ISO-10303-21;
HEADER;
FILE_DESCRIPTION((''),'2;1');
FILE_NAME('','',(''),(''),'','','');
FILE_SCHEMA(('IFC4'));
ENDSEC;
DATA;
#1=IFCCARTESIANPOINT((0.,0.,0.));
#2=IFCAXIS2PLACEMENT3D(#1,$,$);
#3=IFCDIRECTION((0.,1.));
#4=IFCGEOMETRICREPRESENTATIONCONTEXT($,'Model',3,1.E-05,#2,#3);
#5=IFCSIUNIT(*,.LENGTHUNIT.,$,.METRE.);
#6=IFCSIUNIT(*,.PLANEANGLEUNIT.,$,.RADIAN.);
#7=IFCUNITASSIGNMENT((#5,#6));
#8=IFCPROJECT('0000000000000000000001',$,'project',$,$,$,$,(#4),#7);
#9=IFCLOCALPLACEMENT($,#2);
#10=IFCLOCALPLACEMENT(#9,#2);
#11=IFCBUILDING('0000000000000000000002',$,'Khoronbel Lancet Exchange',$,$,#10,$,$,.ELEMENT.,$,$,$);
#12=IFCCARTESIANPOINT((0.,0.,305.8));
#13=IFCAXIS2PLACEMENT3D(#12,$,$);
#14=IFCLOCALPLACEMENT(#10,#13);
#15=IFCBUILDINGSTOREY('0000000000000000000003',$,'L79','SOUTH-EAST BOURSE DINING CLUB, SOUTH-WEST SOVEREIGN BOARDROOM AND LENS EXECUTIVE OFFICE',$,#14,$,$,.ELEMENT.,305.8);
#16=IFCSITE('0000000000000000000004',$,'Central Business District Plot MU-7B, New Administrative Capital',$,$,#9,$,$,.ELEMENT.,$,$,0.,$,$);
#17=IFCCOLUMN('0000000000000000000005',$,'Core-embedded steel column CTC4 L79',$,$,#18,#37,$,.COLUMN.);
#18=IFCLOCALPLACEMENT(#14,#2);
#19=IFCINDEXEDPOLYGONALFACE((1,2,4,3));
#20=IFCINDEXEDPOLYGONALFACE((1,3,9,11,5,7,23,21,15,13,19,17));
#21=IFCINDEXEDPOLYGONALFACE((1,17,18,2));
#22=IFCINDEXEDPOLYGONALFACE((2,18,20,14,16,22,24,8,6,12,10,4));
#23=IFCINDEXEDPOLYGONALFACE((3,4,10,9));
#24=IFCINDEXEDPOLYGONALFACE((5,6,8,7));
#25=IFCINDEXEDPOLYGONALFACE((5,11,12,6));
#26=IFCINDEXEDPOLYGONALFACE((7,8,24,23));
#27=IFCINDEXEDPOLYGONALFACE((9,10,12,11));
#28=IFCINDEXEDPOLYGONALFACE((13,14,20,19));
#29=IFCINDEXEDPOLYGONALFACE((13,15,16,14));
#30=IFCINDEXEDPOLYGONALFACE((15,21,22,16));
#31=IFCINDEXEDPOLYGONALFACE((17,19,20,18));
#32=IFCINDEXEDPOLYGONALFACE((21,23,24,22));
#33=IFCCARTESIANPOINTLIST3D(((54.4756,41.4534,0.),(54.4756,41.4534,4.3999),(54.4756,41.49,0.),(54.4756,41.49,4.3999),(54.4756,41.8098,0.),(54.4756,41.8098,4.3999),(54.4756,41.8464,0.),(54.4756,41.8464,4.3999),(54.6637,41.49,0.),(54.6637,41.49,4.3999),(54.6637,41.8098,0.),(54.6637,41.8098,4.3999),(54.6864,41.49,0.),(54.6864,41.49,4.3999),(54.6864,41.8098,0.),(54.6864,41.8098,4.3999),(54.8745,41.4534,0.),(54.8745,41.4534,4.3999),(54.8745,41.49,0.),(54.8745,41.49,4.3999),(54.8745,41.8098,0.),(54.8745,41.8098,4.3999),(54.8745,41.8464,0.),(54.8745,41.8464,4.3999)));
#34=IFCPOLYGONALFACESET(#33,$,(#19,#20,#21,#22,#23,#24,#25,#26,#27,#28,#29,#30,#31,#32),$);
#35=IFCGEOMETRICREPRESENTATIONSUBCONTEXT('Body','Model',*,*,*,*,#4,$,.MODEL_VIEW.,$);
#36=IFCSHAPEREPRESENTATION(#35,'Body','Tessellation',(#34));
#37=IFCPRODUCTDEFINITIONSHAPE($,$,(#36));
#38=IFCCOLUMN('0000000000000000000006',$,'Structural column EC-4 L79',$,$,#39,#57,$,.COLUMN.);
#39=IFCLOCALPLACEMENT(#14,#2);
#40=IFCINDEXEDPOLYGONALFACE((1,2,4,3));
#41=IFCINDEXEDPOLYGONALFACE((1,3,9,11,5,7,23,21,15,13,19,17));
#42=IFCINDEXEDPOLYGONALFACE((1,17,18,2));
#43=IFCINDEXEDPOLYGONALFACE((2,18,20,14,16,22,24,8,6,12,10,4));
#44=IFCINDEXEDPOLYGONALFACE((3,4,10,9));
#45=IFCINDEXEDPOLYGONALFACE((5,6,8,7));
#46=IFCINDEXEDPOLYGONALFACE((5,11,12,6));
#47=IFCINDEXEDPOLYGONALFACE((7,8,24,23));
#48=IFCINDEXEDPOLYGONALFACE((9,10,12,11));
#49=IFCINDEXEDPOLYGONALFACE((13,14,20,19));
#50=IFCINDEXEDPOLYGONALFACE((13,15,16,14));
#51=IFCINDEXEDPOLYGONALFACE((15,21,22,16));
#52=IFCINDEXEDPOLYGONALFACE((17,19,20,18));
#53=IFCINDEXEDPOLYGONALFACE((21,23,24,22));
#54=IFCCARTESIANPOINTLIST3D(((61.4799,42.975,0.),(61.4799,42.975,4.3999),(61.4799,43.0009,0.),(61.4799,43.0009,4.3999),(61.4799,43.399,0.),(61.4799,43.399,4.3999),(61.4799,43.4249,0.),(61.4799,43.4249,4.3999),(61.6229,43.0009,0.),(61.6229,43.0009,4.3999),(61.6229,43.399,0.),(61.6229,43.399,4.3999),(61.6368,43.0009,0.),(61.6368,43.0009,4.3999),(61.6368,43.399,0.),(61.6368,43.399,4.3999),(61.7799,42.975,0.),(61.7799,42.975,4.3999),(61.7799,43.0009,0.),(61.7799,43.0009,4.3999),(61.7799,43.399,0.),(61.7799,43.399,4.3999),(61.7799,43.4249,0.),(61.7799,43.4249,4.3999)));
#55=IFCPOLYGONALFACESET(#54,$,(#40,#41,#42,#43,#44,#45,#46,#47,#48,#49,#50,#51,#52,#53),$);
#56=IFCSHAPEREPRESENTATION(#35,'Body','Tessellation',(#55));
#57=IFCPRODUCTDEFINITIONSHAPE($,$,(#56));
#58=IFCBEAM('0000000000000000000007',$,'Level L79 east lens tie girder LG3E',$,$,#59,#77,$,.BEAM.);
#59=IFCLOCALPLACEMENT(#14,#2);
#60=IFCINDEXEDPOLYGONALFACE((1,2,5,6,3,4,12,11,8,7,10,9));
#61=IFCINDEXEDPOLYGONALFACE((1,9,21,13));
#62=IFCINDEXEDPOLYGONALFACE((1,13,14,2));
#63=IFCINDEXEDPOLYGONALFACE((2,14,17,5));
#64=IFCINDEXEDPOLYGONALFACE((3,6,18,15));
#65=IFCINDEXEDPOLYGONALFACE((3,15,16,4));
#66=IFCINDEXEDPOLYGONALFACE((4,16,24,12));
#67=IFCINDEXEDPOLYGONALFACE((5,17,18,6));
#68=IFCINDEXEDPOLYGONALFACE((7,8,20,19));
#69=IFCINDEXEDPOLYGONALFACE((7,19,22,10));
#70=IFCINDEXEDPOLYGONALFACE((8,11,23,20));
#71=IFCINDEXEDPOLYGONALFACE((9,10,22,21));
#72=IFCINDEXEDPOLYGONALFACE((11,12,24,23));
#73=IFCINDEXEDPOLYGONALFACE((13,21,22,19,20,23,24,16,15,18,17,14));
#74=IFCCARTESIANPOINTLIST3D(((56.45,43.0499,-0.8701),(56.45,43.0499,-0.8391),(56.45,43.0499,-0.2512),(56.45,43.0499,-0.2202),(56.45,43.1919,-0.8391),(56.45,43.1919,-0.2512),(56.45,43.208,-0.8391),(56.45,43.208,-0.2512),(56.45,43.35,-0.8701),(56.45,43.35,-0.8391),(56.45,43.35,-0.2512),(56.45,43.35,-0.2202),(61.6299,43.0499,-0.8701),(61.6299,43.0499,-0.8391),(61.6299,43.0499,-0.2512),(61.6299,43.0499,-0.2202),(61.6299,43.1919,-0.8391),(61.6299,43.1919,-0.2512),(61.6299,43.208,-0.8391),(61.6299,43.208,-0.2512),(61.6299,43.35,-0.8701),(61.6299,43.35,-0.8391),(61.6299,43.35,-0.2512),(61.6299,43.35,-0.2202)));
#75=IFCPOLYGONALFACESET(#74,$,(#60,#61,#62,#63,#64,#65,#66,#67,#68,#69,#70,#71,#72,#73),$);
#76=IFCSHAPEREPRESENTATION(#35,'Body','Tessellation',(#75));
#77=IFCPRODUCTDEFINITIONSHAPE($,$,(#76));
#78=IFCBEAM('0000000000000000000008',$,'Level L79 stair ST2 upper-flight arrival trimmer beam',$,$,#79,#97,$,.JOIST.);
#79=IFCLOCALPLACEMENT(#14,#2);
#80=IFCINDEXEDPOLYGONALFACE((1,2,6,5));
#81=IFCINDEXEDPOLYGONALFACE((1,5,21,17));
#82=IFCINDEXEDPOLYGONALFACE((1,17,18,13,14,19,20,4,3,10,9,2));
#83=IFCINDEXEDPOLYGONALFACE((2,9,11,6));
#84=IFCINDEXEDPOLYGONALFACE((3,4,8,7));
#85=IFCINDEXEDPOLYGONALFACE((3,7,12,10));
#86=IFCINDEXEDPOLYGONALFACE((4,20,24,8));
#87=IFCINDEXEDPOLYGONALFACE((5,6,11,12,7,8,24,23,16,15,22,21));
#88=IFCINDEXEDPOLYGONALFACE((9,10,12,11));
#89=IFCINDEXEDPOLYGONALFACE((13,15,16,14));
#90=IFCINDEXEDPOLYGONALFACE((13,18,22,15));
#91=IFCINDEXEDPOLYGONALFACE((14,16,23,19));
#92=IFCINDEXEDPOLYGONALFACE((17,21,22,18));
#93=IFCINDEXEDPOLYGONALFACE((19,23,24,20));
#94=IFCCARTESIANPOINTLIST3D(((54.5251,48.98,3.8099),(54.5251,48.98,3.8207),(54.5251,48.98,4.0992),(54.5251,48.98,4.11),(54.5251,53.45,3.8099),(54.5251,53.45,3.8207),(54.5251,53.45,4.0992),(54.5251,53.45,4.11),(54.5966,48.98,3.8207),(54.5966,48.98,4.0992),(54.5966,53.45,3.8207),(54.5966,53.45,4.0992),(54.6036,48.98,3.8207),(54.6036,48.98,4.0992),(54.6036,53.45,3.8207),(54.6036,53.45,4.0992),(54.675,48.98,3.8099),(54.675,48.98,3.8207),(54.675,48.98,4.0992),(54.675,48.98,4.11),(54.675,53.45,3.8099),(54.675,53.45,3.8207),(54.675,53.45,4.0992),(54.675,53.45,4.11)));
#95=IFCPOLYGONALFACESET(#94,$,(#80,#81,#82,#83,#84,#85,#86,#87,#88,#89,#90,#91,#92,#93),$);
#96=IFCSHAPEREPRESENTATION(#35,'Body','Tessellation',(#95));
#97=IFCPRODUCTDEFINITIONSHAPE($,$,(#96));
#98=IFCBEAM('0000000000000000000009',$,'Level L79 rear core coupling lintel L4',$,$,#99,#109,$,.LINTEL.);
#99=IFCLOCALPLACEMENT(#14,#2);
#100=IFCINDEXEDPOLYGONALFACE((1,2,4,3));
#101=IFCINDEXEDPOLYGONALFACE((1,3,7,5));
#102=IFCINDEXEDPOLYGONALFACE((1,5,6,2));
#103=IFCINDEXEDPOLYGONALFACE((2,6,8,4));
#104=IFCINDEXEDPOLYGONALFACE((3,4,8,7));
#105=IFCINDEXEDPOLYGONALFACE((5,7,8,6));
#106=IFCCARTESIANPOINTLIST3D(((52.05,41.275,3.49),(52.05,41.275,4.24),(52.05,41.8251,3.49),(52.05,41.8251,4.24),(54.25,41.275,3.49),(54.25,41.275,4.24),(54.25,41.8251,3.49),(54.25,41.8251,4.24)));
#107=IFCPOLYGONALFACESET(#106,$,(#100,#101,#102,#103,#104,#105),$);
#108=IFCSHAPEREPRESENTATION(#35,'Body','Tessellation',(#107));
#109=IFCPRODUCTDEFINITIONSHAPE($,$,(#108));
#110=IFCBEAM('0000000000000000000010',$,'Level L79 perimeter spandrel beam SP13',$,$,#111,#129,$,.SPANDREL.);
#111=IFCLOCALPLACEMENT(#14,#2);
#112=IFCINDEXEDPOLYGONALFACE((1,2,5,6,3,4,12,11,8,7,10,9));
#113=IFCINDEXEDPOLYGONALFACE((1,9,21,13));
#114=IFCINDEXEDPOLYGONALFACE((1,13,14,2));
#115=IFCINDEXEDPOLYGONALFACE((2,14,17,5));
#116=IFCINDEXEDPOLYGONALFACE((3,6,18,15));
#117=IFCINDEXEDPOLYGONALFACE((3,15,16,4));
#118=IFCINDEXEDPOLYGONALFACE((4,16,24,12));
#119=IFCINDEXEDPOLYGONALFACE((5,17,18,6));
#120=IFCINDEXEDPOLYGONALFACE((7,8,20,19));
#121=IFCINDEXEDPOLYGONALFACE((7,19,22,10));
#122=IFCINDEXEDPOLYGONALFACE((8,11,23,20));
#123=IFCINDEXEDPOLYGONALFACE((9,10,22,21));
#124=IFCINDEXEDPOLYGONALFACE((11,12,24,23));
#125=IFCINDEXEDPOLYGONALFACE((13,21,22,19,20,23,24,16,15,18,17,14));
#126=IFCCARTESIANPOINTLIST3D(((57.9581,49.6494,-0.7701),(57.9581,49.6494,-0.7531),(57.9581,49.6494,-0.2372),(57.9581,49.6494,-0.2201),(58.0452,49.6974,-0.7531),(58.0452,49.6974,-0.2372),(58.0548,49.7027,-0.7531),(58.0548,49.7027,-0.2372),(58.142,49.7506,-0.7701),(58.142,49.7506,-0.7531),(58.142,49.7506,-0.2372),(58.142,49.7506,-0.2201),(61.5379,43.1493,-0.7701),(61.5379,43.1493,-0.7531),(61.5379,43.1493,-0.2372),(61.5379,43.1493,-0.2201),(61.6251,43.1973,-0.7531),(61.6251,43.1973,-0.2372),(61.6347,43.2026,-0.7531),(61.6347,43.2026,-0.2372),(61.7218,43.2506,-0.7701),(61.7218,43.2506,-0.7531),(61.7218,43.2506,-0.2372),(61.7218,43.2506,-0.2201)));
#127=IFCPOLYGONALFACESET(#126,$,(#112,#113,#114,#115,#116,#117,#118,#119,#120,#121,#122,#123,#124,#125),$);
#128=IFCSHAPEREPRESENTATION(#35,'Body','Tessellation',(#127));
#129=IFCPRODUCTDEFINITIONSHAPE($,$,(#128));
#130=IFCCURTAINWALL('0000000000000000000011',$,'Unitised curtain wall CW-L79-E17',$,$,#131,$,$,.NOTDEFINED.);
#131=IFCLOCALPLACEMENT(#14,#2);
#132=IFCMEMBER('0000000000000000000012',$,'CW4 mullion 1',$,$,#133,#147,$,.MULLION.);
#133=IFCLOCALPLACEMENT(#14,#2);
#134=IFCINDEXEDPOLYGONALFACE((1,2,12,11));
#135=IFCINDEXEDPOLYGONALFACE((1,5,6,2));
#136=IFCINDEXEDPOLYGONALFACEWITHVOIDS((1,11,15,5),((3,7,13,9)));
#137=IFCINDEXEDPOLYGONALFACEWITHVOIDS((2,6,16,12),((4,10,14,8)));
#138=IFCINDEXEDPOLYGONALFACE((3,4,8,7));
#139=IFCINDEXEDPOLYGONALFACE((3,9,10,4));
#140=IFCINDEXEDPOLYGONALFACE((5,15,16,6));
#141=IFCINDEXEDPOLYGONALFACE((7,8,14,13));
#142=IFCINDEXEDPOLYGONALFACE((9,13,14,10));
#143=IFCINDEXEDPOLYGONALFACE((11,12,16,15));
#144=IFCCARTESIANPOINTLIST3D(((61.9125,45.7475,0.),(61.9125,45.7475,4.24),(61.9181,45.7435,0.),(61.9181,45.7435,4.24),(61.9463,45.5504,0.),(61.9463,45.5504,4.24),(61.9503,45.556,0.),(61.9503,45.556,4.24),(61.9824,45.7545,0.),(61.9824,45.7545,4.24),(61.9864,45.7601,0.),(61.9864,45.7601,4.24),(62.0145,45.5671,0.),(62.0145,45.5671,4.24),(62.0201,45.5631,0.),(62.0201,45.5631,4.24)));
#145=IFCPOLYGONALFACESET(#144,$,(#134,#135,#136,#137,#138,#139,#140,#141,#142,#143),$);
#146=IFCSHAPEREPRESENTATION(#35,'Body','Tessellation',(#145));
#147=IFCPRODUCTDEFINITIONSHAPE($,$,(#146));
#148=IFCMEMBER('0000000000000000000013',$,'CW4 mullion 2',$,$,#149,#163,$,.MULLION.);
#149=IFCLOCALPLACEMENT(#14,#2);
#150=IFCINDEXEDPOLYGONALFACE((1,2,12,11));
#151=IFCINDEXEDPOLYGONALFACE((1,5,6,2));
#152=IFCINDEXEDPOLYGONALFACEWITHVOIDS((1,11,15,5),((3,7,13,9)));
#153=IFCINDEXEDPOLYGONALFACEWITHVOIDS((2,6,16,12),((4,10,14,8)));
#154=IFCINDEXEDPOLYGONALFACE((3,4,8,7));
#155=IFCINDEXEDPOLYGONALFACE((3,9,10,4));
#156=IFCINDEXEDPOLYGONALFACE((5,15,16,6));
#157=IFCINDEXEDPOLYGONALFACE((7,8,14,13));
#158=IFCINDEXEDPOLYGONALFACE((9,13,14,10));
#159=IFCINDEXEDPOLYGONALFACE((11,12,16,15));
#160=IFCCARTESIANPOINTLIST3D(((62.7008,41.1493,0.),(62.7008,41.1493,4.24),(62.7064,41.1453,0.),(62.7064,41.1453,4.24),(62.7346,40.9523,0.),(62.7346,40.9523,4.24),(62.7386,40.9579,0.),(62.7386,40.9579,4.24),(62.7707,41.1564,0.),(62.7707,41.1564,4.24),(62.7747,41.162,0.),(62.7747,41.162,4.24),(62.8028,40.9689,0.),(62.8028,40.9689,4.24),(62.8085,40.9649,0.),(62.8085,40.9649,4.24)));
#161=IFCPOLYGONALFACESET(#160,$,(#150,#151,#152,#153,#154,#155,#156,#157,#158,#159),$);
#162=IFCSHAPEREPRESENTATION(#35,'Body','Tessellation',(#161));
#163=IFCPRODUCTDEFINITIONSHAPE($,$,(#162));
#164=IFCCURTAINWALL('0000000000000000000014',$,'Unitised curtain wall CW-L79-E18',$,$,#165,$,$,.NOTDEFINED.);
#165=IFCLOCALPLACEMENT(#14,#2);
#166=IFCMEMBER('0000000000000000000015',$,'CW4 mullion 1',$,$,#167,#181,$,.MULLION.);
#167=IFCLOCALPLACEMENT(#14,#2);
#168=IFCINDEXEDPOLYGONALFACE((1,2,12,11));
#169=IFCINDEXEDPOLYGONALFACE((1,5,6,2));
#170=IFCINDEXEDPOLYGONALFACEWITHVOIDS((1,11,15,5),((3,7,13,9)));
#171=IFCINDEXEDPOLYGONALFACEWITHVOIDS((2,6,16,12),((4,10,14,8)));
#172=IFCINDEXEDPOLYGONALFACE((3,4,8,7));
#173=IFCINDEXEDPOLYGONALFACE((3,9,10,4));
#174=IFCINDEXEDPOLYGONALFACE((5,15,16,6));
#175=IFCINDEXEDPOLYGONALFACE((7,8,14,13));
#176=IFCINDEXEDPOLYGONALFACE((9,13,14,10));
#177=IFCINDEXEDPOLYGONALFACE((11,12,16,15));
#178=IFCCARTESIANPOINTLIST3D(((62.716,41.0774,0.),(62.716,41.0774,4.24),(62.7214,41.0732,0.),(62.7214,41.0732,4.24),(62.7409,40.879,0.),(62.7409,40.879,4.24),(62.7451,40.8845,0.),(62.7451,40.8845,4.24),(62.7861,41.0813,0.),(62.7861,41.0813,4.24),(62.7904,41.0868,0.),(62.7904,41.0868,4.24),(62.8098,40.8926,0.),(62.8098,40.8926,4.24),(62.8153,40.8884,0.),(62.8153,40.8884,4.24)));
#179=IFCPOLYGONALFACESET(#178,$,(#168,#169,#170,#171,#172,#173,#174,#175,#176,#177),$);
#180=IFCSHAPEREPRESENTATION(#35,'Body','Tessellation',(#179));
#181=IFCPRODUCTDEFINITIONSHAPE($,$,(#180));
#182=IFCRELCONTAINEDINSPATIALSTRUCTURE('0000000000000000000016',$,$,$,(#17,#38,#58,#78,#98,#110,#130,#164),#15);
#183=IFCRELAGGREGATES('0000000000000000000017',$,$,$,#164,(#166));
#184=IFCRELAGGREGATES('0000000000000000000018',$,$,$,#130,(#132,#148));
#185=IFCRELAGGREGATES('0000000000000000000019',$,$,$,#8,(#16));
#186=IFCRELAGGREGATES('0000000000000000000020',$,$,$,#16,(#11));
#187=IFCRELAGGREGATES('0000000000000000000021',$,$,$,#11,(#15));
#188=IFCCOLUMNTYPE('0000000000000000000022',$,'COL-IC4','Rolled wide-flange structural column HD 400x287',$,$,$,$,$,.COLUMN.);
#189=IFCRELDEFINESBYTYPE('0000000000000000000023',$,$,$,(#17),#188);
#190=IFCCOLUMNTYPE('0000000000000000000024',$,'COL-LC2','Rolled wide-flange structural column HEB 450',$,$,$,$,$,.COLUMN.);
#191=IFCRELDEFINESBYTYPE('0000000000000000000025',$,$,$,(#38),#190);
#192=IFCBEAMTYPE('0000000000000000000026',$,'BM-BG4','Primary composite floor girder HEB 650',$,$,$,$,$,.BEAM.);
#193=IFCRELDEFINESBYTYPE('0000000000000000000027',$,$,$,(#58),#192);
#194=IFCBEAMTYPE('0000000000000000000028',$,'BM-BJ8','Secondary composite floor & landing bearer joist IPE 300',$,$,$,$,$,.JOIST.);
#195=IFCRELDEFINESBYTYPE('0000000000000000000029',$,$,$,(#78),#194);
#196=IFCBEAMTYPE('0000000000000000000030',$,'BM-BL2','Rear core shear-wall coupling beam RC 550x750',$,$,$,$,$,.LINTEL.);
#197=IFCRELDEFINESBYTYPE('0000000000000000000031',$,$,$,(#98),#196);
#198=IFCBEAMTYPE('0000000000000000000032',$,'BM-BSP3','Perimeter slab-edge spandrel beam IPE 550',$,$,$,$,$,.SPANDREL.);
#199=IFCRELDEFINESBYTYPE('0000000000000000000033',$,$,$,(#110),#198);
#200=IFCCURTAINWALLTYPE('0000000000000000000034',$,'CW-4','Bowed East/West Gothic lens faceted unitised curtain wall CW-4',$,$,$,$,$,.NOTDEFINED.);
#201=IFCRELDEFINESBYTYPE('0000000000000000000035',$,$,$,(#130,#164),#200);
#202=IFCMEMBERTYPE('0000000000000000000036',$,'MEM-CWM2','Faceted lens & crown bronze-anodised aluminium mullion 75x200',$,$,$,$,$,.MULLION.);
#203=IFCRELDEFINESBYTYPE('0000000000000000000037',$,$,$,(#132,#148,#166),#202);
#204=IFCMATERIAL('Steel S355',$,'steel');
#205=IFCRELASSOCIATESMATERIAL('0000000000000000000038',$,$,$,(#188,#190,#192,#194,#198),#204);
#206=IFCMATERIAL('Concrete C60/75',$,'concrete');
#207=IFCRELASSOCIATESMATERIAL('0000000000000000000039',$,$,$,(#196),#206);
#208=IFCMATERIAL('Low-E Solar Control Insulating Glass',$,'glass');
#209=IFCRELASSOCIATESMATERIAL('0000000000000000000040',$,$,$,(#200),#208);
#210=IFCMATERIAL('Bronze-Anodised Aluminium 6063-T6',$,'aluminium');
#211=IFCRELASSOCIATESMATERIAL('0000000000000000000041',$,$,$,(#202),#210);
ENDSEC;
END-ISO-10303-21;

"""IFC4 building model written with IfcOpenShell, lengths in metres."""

from ifc_helpers import new_model, si_unit, direction, frame, origin, origin_2d, place, context, subcontext, project, spatial, rectangle, hollow_rectangle, i_section, extrude, material, material_profile, profile_set, type_object, element, aggregate, save


model = new_model("IFC4")

# Units and contexts
model_context = context("Model", 3, precision=1e-05, world=origin(), true_north=direction((0.0, 1.0)))
body_context = subcontext(model_context, "Body", "Model", "MODEL_VIEW")
ifc_project = project(units=[si_unit("LENGTHUNIT", "METRE"), si_unit("PLANEANGLEUNIT", "RADIAN")], contexts=[model_context])

# Site, building, storey
site_placement = place(None, origin())
site = spatial("IfcSite", under=ifc_project, at=site_placement, Name="Central Business District Plot MU-7B, New Administrative Capital", CompositionType="ELEMENT", RefElevation=0.0)
building_placement = place(site_placement, origin())
building = spatial("IfcBuilding", under=site, at=building_placement, Name="Khoronbel Lancet Exchange", CompositionType="ELEMENT")
storey_placement = place(building_placement, frame((0.0, 0.0, 305.8)))
storey = spatial("IfcBuildingStorey", under=building, at=storey_placement, Name="L79", Description="SOUTH-EAST BOURSE DINING CLUB, SOUTH-WEST SOVEREIGN BOARDROOM AND LENS EXECUTIVE OFFICE", CompositionType="ELEMENT", Elevation=305.8)

# Columns
ifc_material_1 = material(Name="Steel S355", Category="steel")
ifc_material_profile_1 = material_profile(ifc_material_1, i_section(OverallWidth=0.3989, OverallDepth=0.3931, WebThickness=0.0227, FlangeThickness=0.0366, at=origin_2d()), Name="HD 400x287")
ifc_profile_set_1 = profile_set([ifc_material_profile_1], Name="Steel S355")
column_type_1 = type_object("IfcColumnType", Name="COL-IC4", Description="Rolled wide-flange structural column HD 400x287", PredefinedType="COLUMN", material=ifc_profile_set_1)
column_1_placement = place(storey_placement, frame((54.675, 41.6499, 0.0), z_axis=(0.0, 0.0, 1.0), x_axis=(1.0, 0.0, 0.0)))
element("IfcColumn", 1, at=column_1_placement, inside=storey, type_object=column_type_1, Name="Core-embedded steel column CTC4 L79", PredefinedType="COLUMN", context=body_context, shape_type="SweptSolid", body=[
    extrude(i_section(OverallWidth=0.3989, OverallDepth=0.3931, WebThickness=0.0227, FlangeThickness=0.0366, at=origin_2d()), origin(), (0.0, 0.0, 1.0), 4.3999),
])
ifc_material_profile_2 = material_profile(ifc_material_1, i_section(OverallWidth=0.3, OverallDepth=0.45, WebThickness=0.0139, FlangeThickness=0.0259, at=origin_2d()), Name="HEB 450")
ifc_profile_set_2 = profile_set([ifc_material_profile_2], Name="Steel S355")
column_type_2 = type_object("IfcColumnType", Name="COL-LC2", Description="Rolled wide-flange structural column HEB 450", PredefinedType="COLUMN", material=ifc_profile_set_2)
column_2_placement = place(storey_placement, frame((61.6299, 43.2, 0.0), z_axis=(0.0, 0.0, 1.0), x_axis=(1.0, 0.0, 0.0)))
element("IfcColumn", 2, at=column_2_placement, inside=storey, type_object=column_type_2, Name="Structural column EC-4 L79", PredefinedType="COLUMN", context=body_context, shape_type="SweptSolid", body=[
    extrude(i_section(OverallWidth=0.3, OverallDepth=0.45, WebThickness=0.0139, FlangeThickness=0.0259, at=origin_2d()), origin(), (0.0, 0.0, 1.0), 4.3999),
])

# Beams
ifc_material_profile_3 = material_profile(ifc_material_1, i_section(OverallWidth=0.3, OverallDepth=0.6499, WebThickness=0.0161, FlangeThickness=0.031, at=origin_2d()), Name="HEB 650")
ifc_profile_set_3 = profile_set([ifc_material_profile_3], Name="Steel S355")
beam_type_1 = type_object("IfcBeamType", Name="BM-BG4", Description="Primary composite floor girder HEB 650", PredefinedType="BEAM", material=ifc_profile_set_3)
beam_1_placement = place(storey_placement, frame((56.45, 43.2, -0.5452), z_axis=(1.0, 0.0, 0.0), x_axis=(0.0, 1.0, 0.0)))
element("IfcBeam", 3, at=beam_1_placement, inside=storey, type_object=beam_type_1, Name="Level L79 east lens tie girder LG3E", PredefinedType="BEAM", context=body_context, shape_type="SweptSolid", body=[
    extrude(i_section(OverallWidth=0.3, OverallDepth=0.6499, WebThickness=0.0161, FlangeThickness=0.031, at=origin_2d()), origin(), (0.0, 0.0, 1.0), 5.1799),
])
ifc_material_profile_4 = material_profile(ifc_material_1, i_section(OverallWidth=0.1499, OverallDepth=0.3, WebThickness=0.0071, FlangeThickness=0.0107, at=origin_2d()), Name="IPE 300")
ifc_profile_set_4 = profile_set([ifc_material_profile_4], Name="Steel S355")
beam_type_2 = type_object("IfcBeamType", Name="BM-BJ8", Description="Secondary composite floor & landing bearer joist IPE 300", PredefinedType="JOIST", material=ifc_profile_set_4)
beam_2_placement = place(storey_placement, frame((54.6001, 48.98, 3.96), z_axis=(0.0, 1.0, 0.0), x_axis=(-1.0, 0.0, 0.0)))
element("IfcBeam", 4, at=beam_2_placement, inside=storey, type_object=beam_type_2, Name="Level L79 stair ST2 upper-flight arrival trimmer beam", PredefinedType="JOIST", context=body_context, shape_type="SweptSolid", body=[
    extrude(i_section(OverallWidth=0.1499, OverallDepth=0.3, WebThickness=0.0071, FlangeThickness=0.0107, at=origin_2d()), origin(), (0.0, 0.0, 1.0), 4.47),
])
ifc_material_2 = material(Name="Concrete C60/75", Category="concrete")
ifc_material_profile_5 = material_profile(ifc_material_2, rectangle(XDim=0.55, YDim=0.75, at=origin_2d()), Name="RC 550x750")
ifc_profile_set_5 = profile_set([ifc_material_profile_5], Name="Concrete C60/75")
beam_type_3 = type_object("IfcBeamType", Name="BM-BL2", Description="Rear core shear-wall coupling beam RC 550x750", PredefinedType="LINTEL", material=ifc_profile_set_5)
beam_3_placement = place(storey_placement, frame((52.05, 41.55, 3.865), z_axis=(1.0, 0.0, 0.0), x_axis=(0.0, 1.0, 0.0)))
element("IfcBeam", 5, at=beam_3_placement, inside=storey, type_object=beam_type_3, Name="Level L79 rear core coupling lintel L4", PredefinedType="LINTEL", context=body_context, shape_type="SweptSolid", body=[
    extrude(rectangle(XDim=0.55, YDim=0.75, at=origin_2d()), origin(), (0.0, 0.0, 1.0), 2.2),
])
ifc_material_profile_6 = material_profile(ifc_material_1, i_section(OverallWidth=0.21, OverallDepth=0.55, WebThickness=0.011, FlangeThickness=0.0171, at=origin_2d()), Name="IPE 550")
ifc_profile_set_6 = profile_set([ifc_material_profile_6], Name="Steel S355")
beam_type_4 = type_object("IfcBeamType", Name="BM-BSP3", Description="Perimeter slab-edge spandrel beam IPE 550", PredefinedType="SPANDREL", material=ifc_profile_set_6)
beam_4_placement = place(storey_placement, frame((61.6299, 43.2, -0.4951), z_axis=(-0.482419, 0.875941, 0.0), x_axis=(-0.875941, -0.482419, 0.0)))
element("IfcBeam", 6, at=beam_4_placement, inside=storey, type_object=beam_type_4, Name="Level L79 perimeter spandrel beam SP13", PredefinedType="SPANDREL", context=body_context, shape_type="SweptSolid", body=[
    extrude(i_section(OverallWidth=0.21, OverallDepth=0.55, WebThickness=0.011, FlangeThickness=0.0171, at=origin_2d()), origin(), (0.0, 0.0, 1.0), 7.4207),
])

# Curtain wall, members
ifc_material_3 = material(Name="Low-E Solar Control Insulating Glass", Category="glass")
curtain_wall_type = type_object("IfcCurtainWallType", Name="CW-4", Description="Bowed East/West Gothic lens faceted unitised curtain wall CW-4", PredefinedType="NOTDEFINED", material=ifc_material_3)
curtain_wall_1_placement = place(storey_placement, origin())
curtain_wall_1 = element("IfcCurtainWall", 7, at=curtain_wall_1_placement, inside=storey, type_object=curtain_wall_type, Name="Unitised curtain wall CW-L79-E17", PredefinedType="NOTDEFINED")
ifc_material_4 = material(Name="Bronze-Anodised Aluminium 6063-T6", Category="aluminium")
ifc_material_profile_7 = material_profile(ifc_material_4, hollow_rectangle(XDim=0.075, YDim=0.2, WallThickness=0.0049, at=origin_2d()), Name="ALU MULLION 75x200")
ifc_profile_set_7 = profile_set([ifc_material_profile_7], Name="Bronze-Anodised Aluminium 6063-T6")
member_type_1 = type_object("IfcMemberType", Name="MEM-CWM2", Description="Faceted lens & crown bronze-anodised aluminium mullion 75x200", PredefinedType="MULLION", material=ifc_profile_set_7)
member_1_placement = place(storey_placement, frame((61.9663, 45.6553, 0.0), z_axis=(0.0, 0.0, 1.0), x_axis=(0.98562, 0.168974, 0.0)))
member_1 = element("IfcMember", 8, at=member_1_placement, type_object=member_type_1, Name="CW4 mullion 1", PredefinedType="MULLION", context=body_context, shape_type="SweptSolid", body=[
    extrude(hollow_rectangle(XDim=0.075, YDim=0.2, WallThickness=0.0049, at=origin_2d()), origin(), (0.0, 0.0, 1.0), 4.24),
])
member_2_placement = place(storey_placement, frame((62.7546, 41.0571, 0.0), z_axis=(0.0, 0.0, 1.0), x_axis=(0.98562, 0.168974, 0.0)))
member_2 = element("IfcMember", 9, at=member_2_placement, type_object=member_type_1, Name="CW4 mullion 2", PredefinedType="MULLION", context=body_context, shape_type="SweptSolid", body=[
    extrude(hollow_rectangle(XDim=0.075, YDim=0.2, WallThickness=0.0049, at=origin_2d()), origin(), (0.0, 0.0, 1.0), 4.24),
])

# Curtain wall, member
curtain_wall_2_placement = place(storey_placement, origin())
curtain_wall_2 = element("IfcCurtainWall", 10, at=curtain_wall_2_placement, inside=storey, type_object=curtain_wall_type, Name="Unitised curtain wall CW-L79-E18", PredefinedType="NOTDEFINED")
member_3_placement = place(storey_placement, frame((62.7656, 40.9829, 0.0), z_axis=(0.0, 0.0, 1.0), x_axis=(0.992218, 0.124509, 0.0)))
member_3 = element("IfcMember", 11, at=member_3_placement, type_object=member_type_1, Name="CW4 mullion 1", PredefinedType="MULLION", context=body_context, shape_type="SweptSolid", body=[
    extrude(hollow_rectangle(XDim=0.075, YDim=0.2, WallThickness=0.0049, at=origin_2d()), origin(), (0.0, 0.0, 1.0), 4.24),
])

aggregate(curtain_wall_2, [member_3])
aggregate(curtain_wall_1, [member_1, member_2])

save(model, "model.ifc")
